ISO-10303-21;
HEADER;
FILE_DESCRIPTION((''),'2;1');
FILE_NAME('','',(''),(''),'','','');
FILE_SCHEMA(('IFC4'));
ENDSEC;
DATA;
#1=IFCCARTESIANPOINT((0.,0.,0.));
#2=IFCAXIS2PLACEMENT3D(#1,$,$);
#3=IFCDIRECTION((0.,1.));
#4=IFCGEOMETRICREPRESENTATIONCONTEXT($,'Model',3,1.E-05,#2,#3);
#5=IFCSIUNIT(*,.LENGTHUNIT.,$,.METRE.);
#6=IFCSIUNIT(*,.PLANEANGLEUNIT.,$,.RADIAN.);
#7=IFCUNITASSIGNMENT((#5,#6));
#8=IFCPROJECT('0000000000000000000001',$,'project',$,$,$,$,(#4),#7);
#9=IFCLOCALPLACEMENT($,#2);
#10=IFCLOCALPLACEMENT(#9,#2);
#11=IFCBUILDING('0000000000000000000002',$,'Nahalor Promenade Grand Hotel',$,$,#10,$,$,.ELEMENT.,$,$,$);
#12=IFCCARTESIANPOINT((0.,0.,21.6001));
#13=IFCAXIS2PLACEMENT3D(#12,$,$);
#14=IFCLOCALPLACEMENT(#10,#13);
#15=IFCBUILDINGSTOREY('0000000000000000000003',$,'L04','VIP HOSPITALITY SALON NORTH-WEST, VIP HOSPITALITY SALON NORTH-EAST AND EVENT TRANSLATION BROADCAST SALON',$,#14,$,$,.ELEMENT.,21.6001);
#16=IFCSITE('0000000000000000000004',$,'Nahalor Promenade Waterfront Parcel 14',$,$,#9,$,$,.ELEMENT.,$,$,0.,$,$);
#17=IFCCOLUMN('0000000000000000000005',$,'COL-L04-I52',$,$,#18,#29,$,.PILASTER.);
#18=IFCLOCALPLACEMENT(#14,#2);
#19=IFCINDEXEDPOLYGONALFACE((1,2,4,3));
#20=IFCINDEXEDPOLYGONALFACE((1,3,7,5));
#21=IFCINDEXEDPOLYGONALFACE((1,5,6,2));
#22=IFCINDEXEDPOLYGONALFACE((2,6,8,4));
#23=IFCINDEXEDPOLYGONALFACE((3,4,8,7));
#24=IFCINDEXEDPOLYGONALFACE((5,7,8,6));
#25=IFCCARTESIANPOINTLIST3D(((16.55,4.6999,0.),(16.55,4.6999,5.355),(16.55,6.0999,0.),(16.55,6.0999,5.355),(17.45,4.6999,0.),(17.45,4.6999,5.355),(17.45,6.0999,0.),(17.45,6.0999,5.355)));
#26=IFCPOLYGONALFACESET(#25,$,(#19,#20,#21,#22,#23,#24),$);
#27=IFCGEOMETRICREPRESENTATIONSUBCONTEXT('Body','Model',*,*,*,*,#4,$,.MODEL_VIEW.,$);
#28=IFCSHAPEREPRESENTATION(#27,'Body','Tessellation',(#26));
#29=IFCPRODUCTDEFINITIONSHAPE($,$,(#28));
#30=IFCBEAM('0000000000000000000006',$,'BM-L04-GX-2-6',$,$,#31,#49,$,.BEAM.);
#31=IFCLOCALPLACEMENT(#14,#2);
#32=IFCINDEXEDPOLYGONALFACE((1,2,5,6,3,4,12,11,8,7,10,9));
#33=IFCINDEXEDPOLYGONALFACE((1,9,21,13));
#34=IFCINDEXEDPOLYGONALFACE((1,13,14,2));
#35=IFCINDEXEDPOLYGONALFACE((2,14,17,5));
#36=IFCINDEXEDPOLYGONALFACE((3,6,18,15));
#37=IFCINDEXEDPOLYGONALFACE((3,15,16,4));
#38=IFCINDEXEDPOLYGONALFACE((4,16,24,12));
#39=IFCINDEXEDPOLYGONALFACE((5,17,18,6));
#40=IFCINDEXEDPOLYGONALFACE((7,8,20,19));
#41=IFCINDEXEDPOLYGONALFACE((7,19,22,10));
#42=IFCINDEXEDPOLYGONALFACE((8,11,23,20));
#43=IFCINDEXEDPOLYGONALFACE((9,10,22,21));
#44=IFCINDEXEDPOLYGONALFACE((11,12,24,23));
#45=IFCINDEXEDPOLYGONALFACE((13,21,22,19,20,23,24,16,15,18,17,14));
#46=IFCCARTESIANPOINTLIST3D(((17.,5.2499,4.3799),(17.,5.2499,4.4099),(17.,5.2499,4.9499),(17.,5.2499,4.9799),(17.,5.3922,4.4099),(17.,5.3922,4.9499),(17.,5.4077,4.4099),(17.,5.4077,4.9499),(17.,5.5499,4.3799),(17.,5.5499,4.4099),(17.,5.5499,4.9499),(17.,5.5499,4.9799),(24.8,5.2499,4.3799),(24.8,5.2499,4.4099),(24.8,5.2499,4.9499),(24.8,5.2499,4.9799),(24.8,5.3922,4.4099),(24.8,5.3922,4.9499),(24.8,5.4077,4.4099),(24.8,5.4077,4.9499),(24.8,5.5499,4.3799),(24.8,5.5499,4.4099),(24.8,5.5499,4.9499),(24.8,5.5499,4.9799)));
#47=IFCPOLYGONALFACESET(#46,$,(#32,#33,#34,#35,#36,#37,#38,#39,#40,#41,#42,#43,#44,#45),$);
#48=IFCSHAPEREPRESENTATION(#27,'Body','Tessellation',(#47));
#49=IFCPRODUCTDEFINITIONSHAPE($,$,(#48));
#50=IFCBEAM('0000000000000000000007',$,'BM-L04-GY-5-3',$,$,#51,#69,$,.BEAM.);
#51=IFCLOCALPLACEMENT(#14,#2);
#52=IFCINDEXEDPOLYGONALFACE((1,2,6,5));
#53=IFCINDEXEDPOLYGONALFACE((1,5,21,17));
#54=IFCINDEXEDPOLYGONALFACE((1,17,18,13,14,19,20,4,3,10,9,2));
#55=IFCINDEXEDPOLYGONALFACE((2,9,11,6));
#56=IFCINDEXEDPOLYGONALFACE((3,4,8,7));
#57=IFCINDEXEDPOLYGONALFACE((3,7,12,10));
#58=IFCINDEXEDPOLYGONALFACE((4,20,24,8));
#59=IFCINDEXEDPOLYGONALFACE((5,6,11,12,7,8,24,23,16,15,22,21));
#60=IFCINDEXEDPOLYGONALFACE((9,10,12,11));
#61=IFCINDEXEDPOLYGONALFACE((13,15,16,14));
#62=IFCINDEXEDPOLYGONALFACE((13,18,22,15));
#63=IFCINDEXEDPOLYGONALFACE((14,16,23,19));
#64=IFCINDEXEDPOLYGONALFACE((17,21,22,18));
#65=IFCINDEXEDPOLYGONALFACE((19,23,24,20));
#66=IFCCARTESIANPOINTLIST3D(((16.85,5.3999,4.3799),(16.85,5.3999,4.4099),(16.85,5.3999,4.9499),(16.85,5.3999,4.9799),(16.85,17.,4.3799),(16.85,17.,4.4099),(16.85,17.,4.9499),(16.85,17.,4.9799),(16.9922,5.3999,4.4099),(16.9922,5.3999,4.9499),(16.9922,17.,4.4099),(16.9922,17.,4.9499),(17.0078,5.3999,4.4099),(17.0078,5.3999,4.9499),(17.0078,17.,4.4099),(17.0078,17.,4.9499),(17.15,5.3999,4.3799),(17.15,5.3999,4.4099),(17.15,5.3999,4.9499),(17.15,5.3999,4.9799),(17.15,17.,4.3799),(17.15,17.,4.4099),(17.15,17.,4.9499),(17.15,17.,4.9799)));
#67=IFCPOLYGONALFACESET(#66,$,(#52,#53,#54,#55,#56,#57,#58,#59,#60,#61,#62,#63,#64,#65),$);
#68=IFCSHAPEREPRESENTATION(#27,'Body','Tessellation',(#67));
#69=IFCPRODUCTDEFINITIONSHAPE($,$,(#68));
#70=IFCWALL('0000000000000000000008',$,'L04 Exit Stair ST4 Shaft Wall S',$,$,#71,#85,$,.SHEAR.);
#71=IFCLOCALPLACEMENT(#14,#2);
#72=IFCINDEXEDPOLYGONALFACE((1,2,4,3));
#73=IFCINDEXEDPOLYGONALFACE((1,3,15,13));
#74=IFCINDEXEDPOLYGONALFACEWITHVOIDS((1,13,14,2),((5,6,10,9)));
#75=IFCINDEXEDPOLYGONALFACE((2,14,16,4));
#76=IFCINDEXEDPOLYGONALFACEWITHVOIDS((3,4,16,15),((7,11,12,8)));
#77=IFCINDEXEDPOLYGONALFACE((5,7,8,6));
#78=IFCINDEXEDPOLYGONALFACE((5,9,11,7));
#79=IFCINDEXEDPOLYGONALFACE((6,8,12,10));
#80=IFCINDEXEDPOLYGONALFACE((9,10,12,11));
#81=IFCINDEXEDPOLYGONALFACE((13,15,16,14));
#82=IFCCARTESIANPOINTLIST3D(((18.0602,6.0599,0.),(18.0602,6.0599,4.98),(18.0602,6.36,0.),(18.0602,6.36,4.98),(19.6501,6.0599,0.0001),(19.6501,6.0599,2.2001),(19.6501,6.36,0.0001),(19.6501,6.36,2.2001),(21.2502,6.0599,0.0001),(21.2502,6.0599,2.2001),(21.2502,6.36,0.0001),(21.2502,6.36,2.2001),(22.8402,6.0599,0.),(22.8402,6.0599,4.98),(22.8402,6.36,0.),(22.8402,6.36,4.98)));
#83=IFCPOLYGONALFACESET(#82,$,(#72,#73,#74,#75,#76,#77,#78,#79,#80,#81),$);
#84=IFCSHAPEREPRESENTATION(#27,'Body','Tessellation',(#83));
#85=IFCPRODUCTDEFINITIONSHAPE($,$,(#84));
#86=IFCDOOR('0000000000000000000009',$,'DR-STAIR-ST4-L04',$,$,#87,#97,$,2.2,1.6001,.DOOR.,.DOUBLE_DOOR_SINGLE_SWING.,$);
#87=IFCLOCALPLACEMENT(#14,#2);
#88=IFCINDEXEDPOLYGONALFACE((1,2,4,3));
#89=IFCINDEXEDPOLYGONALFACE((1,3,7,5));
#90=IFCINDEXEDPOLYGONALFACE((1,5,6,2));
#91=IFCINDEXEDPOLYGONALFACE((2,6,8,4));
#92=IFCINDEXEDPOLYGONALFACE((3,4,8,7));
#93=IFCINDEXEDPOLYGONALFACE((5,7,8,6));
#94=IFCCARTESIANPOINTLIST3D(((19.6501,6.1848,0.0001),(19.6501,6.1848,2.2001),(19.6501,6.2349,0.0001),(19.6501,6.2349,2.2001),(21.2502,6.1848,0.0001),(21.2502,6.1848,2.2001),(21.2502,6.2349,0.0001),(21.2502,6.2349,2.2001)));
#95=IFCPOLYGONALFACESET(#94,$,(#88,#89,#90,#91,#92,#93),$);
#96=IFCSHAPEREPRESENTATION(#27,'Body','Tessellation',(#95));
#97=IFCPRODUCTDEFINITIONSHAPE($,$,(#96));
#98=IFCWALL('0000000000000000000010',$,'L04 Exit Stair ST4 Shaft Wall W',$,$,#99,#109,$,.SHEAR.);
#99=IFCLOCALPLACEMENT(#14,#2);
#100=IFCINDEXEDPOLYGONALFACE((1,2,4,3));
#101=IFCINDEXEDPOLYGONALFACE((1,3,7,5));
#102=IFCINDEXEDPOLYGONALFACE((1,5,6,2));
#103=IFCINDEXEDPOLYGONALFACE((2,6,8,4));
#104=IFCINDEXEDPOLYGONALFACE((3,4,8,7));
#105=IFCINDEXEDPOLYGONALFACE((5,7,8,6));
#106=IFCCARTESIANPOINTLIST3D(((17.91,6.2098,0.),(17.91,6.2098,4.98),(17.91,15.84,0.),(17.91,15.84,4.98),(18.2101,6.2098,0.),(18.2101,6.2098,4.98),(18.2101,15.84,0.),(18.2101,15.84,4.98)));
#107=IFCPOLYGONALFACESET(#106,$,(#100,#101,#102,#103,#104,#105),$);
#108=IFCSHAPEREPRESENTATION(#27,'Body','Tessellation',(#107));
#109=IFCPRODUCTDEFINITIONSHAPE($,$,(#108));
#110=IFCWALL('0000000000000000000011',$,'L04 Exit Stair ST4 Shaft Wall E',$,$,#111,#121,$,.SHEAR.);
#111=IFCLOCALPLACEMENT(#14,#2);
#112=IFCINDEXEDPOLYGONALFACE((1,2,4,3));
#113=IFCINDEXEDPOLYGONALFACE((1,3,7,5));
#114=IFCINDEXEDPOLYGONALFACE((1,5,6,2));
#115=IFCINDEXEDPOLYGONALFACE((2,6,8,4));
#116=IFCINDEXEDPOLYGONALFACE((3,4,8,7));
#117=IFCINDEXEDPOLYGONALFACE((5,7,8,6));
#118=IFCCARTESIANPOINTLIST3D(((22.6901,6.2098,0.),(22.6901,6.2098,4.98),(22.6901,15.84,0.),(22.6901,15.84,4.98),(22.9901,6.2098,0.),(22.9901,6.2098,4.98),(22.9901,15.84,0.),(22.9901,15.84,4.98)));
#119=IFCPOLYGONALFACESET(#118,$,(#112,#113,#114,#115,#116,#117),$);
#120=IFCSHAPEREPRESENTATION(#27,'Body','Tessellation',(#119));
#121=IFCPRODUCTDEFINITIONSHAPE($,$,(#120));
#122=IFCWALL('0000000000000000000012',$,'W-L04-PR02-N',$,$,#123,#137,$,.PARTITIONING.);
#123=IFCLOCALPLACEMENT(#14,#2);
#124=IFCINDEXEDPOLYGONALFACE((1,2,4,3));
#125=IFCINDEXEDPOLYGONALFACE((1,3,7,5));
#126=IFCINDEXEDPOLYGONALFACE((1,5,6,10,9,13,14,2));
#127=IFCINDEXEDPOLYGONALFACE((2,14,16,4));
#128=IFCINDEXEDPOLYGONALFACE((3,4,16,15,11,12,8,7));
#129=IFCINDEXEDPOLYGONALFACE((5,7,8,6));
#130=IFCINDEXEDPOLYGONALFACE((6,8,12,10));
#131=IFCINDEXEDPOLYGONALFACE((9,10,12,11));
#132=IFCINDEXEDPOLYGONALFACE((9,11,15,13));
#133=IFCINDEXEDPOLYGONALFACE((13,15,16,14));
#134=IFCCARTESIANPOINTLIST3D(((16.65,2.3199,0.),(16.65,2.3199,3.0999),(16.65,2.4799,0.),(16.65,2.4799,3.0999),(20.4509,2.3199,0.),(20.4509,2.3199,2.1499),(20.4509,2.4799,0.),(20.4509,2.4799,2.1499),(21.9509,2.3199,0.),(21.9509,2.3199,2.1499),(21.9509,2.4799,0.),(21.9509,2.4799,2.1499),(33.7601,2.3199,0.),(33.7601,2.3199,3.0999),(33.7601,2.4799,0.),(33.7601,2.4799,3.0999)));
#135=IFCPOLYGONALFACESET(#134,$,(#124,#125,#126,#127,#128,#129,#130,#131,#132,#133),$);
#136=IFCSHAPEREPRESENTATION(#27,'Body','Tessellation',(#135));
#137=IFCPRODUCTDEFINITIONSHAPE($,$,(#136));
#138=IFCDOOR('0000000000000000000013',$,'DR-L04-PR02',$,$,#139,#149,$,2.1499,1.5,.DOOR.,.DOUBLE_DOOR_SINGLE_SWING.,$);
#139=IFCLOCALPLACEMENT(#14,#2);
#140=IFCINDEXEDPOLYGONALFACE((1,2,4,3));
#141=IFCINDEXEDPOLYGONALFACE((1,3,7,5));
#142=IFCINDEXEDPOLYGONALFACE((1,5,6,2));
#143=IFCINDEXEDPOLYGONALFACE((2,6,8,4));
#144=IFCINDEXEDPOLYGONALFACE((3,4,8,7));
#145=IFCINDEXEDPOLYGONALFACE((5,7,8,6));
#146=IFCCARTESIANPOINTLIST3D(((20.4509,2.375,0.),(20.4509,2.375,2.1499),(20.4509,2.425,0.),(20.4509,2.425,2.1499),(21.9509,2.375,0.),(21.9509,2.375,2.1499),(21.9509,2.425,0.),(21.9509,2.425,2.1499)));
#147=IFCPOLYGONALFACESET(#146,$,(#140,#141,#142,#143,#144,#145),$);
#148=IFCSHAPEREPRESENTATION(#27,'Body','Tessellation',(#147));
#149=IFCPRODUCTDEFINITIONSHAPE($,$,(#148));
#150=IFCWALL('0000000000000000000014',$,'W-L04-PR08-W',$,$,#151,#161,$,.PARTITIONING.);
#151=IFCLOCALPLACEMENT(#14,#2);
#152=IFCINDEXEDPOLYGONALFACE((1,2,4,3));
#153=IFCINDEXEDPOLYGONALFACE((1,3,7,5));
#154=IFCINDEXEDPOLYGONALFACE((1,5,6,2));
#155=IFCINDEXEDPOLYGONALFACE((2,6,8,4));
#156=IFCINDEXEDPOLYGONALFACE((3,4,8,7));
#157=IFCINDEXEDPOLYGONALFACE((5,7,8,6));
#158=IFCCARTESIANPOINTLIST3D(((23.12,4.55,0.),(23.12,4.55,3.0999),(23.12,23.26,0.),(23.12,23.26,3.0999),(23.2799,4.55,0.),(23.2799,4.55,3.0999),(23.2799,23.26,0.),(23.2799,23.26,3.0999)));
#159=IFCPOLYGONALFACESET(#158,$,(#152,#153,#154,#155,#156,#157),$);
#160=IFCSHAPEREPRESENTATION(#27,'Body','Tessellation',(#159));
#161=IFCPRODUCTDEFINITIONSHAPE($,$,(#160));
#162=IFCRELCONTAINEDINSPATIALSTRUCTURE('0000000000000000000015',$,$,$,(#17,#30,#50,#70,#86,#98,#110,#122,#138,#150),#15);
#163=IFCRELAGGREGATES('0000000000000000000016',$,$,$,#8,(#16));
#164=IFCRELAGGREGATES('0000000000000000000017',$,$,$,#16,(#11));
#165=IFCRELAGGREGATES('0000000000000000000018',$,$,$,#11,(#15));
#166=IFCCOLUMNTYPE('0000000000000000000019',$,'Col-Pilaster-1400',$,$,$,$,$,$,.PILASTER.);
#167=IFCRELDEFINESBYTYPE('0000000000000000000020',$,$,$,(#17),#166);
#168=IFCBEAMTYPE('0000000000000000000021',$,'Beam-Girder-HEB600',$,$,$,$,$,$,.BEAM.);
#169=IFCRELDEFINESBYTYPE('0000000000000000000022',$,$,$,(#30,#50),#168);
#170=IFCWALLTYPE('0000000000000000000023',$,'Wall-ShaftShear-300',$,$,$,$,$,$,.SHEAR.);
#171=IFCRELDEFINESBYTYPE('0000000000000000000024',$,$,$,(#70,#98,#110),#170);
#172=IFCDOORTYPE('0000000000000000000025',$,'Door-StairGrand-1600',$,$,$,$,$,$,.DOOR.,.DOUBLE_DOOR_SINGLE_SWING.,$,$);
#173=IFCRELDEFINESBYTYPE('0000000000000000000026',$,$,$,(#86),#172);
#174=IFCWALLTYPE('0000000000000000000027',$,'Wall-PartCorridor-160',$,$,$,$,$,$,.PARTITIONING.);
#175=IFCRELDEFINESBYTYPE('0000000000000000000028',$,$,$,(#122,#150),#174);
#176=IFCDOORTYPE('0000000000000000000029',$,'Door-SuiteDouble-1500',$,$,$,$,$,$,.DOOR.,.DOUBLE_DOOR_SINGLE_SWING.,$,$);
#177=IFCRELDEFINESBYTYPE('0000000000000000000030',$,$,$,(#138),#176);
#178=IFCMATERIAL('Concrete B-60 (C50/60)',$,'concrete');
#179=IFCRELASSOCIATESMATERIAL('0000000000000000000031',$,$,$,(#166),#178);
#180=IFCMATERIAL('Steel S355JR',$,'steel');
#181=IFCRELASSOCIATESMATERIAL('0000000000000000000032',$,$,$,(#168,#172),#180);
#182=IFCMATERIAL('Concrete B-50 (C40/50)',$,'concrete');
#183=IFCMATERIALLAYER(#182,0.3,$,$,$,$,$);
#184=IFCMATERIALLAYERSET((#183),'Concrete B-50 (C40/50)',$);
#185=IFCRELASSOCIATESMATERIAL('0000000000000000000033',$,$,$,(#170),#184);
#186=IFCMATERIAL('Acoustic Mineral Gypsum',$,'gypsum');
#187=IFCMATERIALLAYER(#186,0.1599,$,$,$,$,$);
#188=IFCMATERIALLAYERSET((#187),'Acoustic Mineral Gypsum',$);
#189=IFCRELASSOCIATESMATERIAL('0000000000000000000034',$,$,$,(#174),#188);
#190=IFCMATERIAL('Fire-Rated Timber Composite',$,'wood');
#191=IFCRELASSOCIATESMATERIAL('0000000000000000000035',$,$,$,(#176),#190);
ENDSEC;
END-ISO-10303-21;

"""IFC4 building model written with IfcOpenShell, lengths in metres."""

from ifc_helpers import new_model, si_unit, direction, frame, frame_2d, origin, origin_2d, place, context, subcontext, project, spatial, rectangle, i_section, extrude, source, transform, mapped, material, layer, layer_set, material_profile, profile_set, type_object, element, fill, save


model = new_model("IFC4")

# Units and contexts
model_context = context("Model", 3, precision=1e-05, world=origin(), true_north=direction((0.0, 1.0)))
body_context = subcontext(model_context, "Body", "Model", "MODEL_VIEW")
ifc_project = project(units=[si_unit("LENGTHUNIT", "METRE"), si_unit("PLANEANGLEUNIT", "RADIAN")], contexts=[model_context])

# Site, building, storey
site_placement = place(None, origin())
site = spatial("IfcSite", under=ifc_project, at=site_placement, Name="Nahalor Promenade Waterfront Parcel 14", CompositionType="ELEMENT", RefElevation=0.0)
building_placement = place(site_placement, origin())
building = spatial("IfcBuilding", under=site, at=building_placement, Name="Nahalor Promenade Grand Hotel", CompositionType="ELEMENT")
storey_placement = place(building_placement, frame((0.0, 0.0, 21.6001)))
storey = spatial("IfcBuildingStorey", under=building, at=storey_placement, Name="L04", Description="VIP HOSPITALITY SALON NORTH-WEST, VIP HOSPITALITY SALON NORTH-EAST AND EVENT TRANSLATION BROADCAST SALON", CompositionType="ELEMENT", Elevation=21.6001)

# Column
ifc_material_1 = material(Name="Concrete B-60 (C50/60)", Category="concrete")
ifc_material_profile_1 = material_profile(ifc_material_1, rectangle(XDim=0.9, YDim=1.4, at=origin_2d()), Name="RC 900x1400")
ifc_profile_set_1 = profile_set([ifc_material_profile_1], Name="Concrete B-60 (C50/60)")
column_type = type_object("IfcColumnType", Name="Col-Pilaster-1400", PredefinedType="PILASTER", material=ifc_profile_set_1)
shared_shape_1 = source(origin(), body_context, "Body", "SweptSolid", [
    extrude(rectangle(XDim=0.9, YDim=1.4, at=origin_2d()), origin(), (0.0, 0.0, 1.0), 5.355),
])
column_placement = place(storey_placement, frame((17.0, 5.3999, 0.0), z_axis=(0.0, 0.0, 1.0), x_axis=(1.0, 0.0, 0.0)))
element("IfcColumn", 1, at=column_placement, inside=storey, type_object=column_type, Name="COL-L04-I52", PredefinedType="PILASTER", context=body_context, shape_type="MappedRepresentation", body=[
    mapped(shared_shape_1, transform((0.0, 0.0, 0.0), scale=1.0)),
])

# Beams
ifc_material_2 = material(Name="Steel S355JR", Category="steel")
ifc_material_profile_2 = material_profile(ifc_material_2, i_section(OverallWidth=0.3, OverallDepth=0.6, WebThickness=0.0155, FlangeThickness=0.03, at=origin_2d()), Name="HEB 600")
ifc_profile_set_2 = profile_set([ifc_material_profile_2], Name="Steel S355JR")
beam_type = type_object("IfcBeamType", Name="Beam-Girder-HEB600", PredefinedType="BEAM", material=ifc_profile_set_2)
shared_shape_2 = source(origin(), body_context, "Body", "SweptSolid", [
    extrude(i_section(OverallWidth=0.3, OverallDepth=0.6, WebThickness=0.0155, FlangeThickness=0.03, at=origin_2d()), origin(), (0.0, 0.0, 1.0), 7.8),
])
beam_1_placement = place(storey_placement, frame((17.0, 5.3999, 4.6799), z_axis=(1.0, 0.0, 0.0), x_axis=(0.0, 1.0, 0.0)))
element("IfcBeam", 2, at=beam_1_placement, inside=storey, type_object=beam_type, Name="BM-L04-GX-2-6", PredefinedType="BEAM", context=body_context, shape_type="MappedRepresentation", body=[
    mapped(shared_shape_2, transform((0.0, 0.0, 0.0), scale=1.0)),
])
shared_shape_3 = source(origin(), body_context, "Body", "SweptSolid", [
    extrude(i_section(OverallWidth=0.3, OverallDepth=0.6, WebThickness=0.0155, FlangeThickness=0.03, at=origin_2d()), origin(), (0.0, 0.0, 1.0), 11.6001),
])
beam_2_placement = place(storey_placement, frame((17.0, 5.3999, 4.6799), z_axis=(0.0, 1.0, 0.0), x_axis=(-1.0, 0.0, 0.0)))
element("IfcBeam", 3, at=beam_2_placement, inside=storey, type_object=beam_type, Name="BM-L04-GY-5-3", PredefinedType="BEAM", context=body_context, shape_type="MappedRepresentation", body=[
    mapped(shared_shape_3, transform((0.0, 0.0, 0.0), scale=1.0)),
])

# Wall, opening, door
ifc_material_3 = material(Name="Concrete B-50 (C40/50)", Category="concrete")
ifc_layer_1 = layer(ifc_material_3, 0.3)
ifc_layer_set_1 = layer_set([ifc_layer_1], Name="Concrete B-50 (C40/50)")
wall_type_1 = type_object("IfcWallType", Name="Wall-ShaftShear-300", PredefinedType="SHEAR", material=ifc_layer_set_1)
shared_shape_4 = source(origin(), body_context, "Body", "SweptSolid", [
    extrude(rectangle(XDim=4.78, YDim=0.3, at=frame_2d((2.3901, 0.0))), origin(), (0.0, 0.0, 1.0), 4.98),
])
wall_1_placement = place(storey_placement, frame((18.0601, 6.21, 0.0), z_axis=(0.0, 0.0, 1.0), x_axis=(1.0, 0.0, 0.0)))
wall_1 = element("IfcWall", 4, at=wall_1_placement, inside=storey, type_object=wall_type_1, Name="L04 Exit Stair ST4 Shaft Wall S", PredefinedType="SHEAR", context=body_context, shape_type="MappedRepresentation", body=[
    mapped(shared_shape_4, transform((0.0, 0.0, 0.0), scale=1.0)),
])
opening_1_placement = place(wall_1_placement, frame((1.5901, 0.0, 0.0)))
opening_1 = element("IfcOpeningElement", 5, at=opening_1_placement, cuts=wall_1, PredefinedType="OPENING", context=body_context, shape_type="SweptSolid", body=[
    extrude(rectangle(XDim=1.6001, YDim=2.2, at=frame_2d((0.8, 1.1001))), frame((0.0, 0.1599, 0.0), z_axis=(0.0, -1.0, 0.0), x_axis=(1.0, 0.0, 0.0)), (0.0, 0.0, 1.0), 0.3201),
])
door_type_1 = type_object("IfcDoorType", Name="Door-StairGrand-1600", OperationType="DOUBLE_DOOR_SINGLE_SWING", PredefinedType="DOOR", material=ifc_material_2)
shared_shape_5 = source(origin(), body_context, "Body", "SweptSolid", [
    extrude(rectangle(XDim=1.6001, YDim=2.2, at=frame_2d((0.8, 1.1001))), frame((0.0, 0.0249, 0.0), z_axis=(0.0, -1.0, 0.0), x_axis=(1.0, 0.0, 0.0)), (0.0, 0.0, 1.0), 0.05),
])
door_1_placement = place(opening_1_placement, origin())
door_1 = element("IfcDoor", 6, at=door_1_placement, inside=storey, type_object=door_type_1, Name="DR-STAIR-ST4-L04", OperationType="DOUBLE_DOOR_SINGLE_SWING", OverallHeight=2.2, OverallWidth=1.6001, PredefinedType="DOOR", context=body_context, shape_type="MappedRepresentation", body=[
    mapped(shared_shape_5, transform((0.0, 0.0, 0.0), scale=1.0)),
])
fill(opening_1, door_1)

# Walls
shared_shape_6 = source(origin(), body_context, "Body", "SweptSolid", [
    extrude(rectangle(XDim=9.6301, YDim=0.3, at=frame_2d((4.8149, 0.0))), origin(), (0.0, 0.0, 1.0), 4.98),
])
for number, where, z_axis, x_axis, name in (
    (7, (18.0601, 6.21, 0.0), (0.0, 0.0, 1.0), (0.0, 1.0, 0.0), "L04 Exit Stair ST4 Shaft Wall W"),
    (8, (22.8401, 6.21, 0.0), (0.0, 0.0, 1.0), (0.0, 1.0, 0.0), "L04 Exit Stair ST4 Shaft Wall E"),
):
    element("IfcWall", number, at=place(storey_placement, frame(where, z_axis=z_axis, x_axis=x_axis)), inside=storey, type_object=wall_type_1, Name=name, PredefinedType="SHEAR", context=body_context, shape_type="MappedRepresentation", body=[
        mapped(shared_shape_6, transform((0.0, 0.0, 0.0), scale=1.0)),
    ])

# Wall, opening, door
ifc_material_4 = material(Name="Acoustic Mineral Gypsum", Category="gypsum")
ifc_layer_2 = layer(ifc_material_4, 0.1599)
ifc_layer_set_2 = layer_set([ifc_layer_2], Name="Acoustic Mineral Gypsum")
wall_type_2 = type_object("IfcWallType", Name="Wall-PartCorridor-160", PredefinedType="PARTITIONING", material=ifc_layer_set_2)
shared_shape_7 = source(origin(), body_context, "Body", "SweptSolid", [
    extrude(rectangle(XDim=17.1101, YDim=0.1599, at=frame_2d((8.5552, 0.0))), origin(), (0.0, 0.0, 1.0), 3.0999),
])
wall_2_placement = place(storey_placement, frame((16.6499, 2.3999, 0.0), z_axis=(0.0, 0.0, 1.0), x_axis=(1.0, 0.0, 0.0)))
wall_2 = element("IfcWall", 9, at=wall_2_placement, inside=storey, type_object=wall_type_2, Name="W-L04-PR02-N", PredefinedType="PARTITIONING", context=body_context, shape_type="MappedRepresentation", body=[
    mapped(shared_shape_7, transform((0.0, 0.0, 0.0), scale=1.0)),
])
opening_2_placement = place(wall_2_placement, frame((3.801, 0.0, 0.0)))
opening_2 = element("IfcOpeningElement", 10, at=opening_2_placement, cuts=wall_2, PredefinedType="OPENING", context=body_context, shape_type="SweptSolid", body=[
    extrude(rectangle(XDim=1.5, YDim=2.1499, at=frame_2d((0.75, 1.075))), frame((0.0, 0.0898, 0.0), z_axis=(0.0, -1.0, 0.0), x_axis=(1.0, 0.0, 0.0)), (0.0, 0.0, 1.0), 0.1799),
])
ifc_material_5 = material(Name="Fire-Rated Timber Composite", Category="wood")
door_type_2 = type_object("IfcDoorType", Name="Door-SuiteDouble-1500", OperationType="DOUBLE_DOOR_SINGLE_SWING", PredefinedType="DOOR", material=ifc_material_5)
shared_shape_8 = source(origin(), body_context, "Body", "SweptSolid", [
    extrude(rectangle(XDim=1.5, YDim=2.1499, at=frame_2d((0.75, 1.075))), frame((0.0, 0.0249, 0.0), z_axis=(0.0, -1.0, 0.0), x_axis=(1.0, 0.0, 0.0)), (0.0, 0.0, 1.0), 0.05),
])
door_2_placement = place(opening_2_placement, frame((1.5, 0.0, 0.0), z_axis=(0.0, 0.0, 1.0), x_axis=(-1.0, 0.0, 0.0)))
door_2 = element("IfcDoor", 11, at=door_2_placement, inside=storey, type_object=door_type_2, Name="DR-L04-PR02", OperationType="DOUBLE_DOOR_SINGLE_SWING", OverallHeight=2.1499, OverallWidth=1.5, PredefinedType="DOOR", context=body_context, shape_type="MappedRepresentation", body=[
    mapped(shared_shape_8, transform((0.0, 0.0, 0.0), scale=1.0)),
])
fill(opening_2, door_2)

# Wall
shared_shape_9 = source(origin(), body_context, "Body", "SweptSolid", [
    extrude(rectangle(XDim=18.71, YDim=0.1599, at=frame_2d((9.355, 0.0))), origin(), (0.0, 0.0, 1.0), 3.0999),
])
wall_3_placement = place(storey_placement, frame((23.2, 4.55, 0.0), z_axis=(0.0, 0.0, 1.0), x_axis=(0.0, 1.0, 0.0)))
element("IfcWall", 12, at=wall_3_placement, inside=storey, type_object=wall_type_2, Name="W-L04-PR08-W", PredefinedType="PARTITIONING", context=body_context, shape_type="MappedRepresentation", body=[
    mapped(shared_shape_9, transform((0.0, 0.0, 0.0), scale=1.0)),
])

save(model, "model.ifc")
